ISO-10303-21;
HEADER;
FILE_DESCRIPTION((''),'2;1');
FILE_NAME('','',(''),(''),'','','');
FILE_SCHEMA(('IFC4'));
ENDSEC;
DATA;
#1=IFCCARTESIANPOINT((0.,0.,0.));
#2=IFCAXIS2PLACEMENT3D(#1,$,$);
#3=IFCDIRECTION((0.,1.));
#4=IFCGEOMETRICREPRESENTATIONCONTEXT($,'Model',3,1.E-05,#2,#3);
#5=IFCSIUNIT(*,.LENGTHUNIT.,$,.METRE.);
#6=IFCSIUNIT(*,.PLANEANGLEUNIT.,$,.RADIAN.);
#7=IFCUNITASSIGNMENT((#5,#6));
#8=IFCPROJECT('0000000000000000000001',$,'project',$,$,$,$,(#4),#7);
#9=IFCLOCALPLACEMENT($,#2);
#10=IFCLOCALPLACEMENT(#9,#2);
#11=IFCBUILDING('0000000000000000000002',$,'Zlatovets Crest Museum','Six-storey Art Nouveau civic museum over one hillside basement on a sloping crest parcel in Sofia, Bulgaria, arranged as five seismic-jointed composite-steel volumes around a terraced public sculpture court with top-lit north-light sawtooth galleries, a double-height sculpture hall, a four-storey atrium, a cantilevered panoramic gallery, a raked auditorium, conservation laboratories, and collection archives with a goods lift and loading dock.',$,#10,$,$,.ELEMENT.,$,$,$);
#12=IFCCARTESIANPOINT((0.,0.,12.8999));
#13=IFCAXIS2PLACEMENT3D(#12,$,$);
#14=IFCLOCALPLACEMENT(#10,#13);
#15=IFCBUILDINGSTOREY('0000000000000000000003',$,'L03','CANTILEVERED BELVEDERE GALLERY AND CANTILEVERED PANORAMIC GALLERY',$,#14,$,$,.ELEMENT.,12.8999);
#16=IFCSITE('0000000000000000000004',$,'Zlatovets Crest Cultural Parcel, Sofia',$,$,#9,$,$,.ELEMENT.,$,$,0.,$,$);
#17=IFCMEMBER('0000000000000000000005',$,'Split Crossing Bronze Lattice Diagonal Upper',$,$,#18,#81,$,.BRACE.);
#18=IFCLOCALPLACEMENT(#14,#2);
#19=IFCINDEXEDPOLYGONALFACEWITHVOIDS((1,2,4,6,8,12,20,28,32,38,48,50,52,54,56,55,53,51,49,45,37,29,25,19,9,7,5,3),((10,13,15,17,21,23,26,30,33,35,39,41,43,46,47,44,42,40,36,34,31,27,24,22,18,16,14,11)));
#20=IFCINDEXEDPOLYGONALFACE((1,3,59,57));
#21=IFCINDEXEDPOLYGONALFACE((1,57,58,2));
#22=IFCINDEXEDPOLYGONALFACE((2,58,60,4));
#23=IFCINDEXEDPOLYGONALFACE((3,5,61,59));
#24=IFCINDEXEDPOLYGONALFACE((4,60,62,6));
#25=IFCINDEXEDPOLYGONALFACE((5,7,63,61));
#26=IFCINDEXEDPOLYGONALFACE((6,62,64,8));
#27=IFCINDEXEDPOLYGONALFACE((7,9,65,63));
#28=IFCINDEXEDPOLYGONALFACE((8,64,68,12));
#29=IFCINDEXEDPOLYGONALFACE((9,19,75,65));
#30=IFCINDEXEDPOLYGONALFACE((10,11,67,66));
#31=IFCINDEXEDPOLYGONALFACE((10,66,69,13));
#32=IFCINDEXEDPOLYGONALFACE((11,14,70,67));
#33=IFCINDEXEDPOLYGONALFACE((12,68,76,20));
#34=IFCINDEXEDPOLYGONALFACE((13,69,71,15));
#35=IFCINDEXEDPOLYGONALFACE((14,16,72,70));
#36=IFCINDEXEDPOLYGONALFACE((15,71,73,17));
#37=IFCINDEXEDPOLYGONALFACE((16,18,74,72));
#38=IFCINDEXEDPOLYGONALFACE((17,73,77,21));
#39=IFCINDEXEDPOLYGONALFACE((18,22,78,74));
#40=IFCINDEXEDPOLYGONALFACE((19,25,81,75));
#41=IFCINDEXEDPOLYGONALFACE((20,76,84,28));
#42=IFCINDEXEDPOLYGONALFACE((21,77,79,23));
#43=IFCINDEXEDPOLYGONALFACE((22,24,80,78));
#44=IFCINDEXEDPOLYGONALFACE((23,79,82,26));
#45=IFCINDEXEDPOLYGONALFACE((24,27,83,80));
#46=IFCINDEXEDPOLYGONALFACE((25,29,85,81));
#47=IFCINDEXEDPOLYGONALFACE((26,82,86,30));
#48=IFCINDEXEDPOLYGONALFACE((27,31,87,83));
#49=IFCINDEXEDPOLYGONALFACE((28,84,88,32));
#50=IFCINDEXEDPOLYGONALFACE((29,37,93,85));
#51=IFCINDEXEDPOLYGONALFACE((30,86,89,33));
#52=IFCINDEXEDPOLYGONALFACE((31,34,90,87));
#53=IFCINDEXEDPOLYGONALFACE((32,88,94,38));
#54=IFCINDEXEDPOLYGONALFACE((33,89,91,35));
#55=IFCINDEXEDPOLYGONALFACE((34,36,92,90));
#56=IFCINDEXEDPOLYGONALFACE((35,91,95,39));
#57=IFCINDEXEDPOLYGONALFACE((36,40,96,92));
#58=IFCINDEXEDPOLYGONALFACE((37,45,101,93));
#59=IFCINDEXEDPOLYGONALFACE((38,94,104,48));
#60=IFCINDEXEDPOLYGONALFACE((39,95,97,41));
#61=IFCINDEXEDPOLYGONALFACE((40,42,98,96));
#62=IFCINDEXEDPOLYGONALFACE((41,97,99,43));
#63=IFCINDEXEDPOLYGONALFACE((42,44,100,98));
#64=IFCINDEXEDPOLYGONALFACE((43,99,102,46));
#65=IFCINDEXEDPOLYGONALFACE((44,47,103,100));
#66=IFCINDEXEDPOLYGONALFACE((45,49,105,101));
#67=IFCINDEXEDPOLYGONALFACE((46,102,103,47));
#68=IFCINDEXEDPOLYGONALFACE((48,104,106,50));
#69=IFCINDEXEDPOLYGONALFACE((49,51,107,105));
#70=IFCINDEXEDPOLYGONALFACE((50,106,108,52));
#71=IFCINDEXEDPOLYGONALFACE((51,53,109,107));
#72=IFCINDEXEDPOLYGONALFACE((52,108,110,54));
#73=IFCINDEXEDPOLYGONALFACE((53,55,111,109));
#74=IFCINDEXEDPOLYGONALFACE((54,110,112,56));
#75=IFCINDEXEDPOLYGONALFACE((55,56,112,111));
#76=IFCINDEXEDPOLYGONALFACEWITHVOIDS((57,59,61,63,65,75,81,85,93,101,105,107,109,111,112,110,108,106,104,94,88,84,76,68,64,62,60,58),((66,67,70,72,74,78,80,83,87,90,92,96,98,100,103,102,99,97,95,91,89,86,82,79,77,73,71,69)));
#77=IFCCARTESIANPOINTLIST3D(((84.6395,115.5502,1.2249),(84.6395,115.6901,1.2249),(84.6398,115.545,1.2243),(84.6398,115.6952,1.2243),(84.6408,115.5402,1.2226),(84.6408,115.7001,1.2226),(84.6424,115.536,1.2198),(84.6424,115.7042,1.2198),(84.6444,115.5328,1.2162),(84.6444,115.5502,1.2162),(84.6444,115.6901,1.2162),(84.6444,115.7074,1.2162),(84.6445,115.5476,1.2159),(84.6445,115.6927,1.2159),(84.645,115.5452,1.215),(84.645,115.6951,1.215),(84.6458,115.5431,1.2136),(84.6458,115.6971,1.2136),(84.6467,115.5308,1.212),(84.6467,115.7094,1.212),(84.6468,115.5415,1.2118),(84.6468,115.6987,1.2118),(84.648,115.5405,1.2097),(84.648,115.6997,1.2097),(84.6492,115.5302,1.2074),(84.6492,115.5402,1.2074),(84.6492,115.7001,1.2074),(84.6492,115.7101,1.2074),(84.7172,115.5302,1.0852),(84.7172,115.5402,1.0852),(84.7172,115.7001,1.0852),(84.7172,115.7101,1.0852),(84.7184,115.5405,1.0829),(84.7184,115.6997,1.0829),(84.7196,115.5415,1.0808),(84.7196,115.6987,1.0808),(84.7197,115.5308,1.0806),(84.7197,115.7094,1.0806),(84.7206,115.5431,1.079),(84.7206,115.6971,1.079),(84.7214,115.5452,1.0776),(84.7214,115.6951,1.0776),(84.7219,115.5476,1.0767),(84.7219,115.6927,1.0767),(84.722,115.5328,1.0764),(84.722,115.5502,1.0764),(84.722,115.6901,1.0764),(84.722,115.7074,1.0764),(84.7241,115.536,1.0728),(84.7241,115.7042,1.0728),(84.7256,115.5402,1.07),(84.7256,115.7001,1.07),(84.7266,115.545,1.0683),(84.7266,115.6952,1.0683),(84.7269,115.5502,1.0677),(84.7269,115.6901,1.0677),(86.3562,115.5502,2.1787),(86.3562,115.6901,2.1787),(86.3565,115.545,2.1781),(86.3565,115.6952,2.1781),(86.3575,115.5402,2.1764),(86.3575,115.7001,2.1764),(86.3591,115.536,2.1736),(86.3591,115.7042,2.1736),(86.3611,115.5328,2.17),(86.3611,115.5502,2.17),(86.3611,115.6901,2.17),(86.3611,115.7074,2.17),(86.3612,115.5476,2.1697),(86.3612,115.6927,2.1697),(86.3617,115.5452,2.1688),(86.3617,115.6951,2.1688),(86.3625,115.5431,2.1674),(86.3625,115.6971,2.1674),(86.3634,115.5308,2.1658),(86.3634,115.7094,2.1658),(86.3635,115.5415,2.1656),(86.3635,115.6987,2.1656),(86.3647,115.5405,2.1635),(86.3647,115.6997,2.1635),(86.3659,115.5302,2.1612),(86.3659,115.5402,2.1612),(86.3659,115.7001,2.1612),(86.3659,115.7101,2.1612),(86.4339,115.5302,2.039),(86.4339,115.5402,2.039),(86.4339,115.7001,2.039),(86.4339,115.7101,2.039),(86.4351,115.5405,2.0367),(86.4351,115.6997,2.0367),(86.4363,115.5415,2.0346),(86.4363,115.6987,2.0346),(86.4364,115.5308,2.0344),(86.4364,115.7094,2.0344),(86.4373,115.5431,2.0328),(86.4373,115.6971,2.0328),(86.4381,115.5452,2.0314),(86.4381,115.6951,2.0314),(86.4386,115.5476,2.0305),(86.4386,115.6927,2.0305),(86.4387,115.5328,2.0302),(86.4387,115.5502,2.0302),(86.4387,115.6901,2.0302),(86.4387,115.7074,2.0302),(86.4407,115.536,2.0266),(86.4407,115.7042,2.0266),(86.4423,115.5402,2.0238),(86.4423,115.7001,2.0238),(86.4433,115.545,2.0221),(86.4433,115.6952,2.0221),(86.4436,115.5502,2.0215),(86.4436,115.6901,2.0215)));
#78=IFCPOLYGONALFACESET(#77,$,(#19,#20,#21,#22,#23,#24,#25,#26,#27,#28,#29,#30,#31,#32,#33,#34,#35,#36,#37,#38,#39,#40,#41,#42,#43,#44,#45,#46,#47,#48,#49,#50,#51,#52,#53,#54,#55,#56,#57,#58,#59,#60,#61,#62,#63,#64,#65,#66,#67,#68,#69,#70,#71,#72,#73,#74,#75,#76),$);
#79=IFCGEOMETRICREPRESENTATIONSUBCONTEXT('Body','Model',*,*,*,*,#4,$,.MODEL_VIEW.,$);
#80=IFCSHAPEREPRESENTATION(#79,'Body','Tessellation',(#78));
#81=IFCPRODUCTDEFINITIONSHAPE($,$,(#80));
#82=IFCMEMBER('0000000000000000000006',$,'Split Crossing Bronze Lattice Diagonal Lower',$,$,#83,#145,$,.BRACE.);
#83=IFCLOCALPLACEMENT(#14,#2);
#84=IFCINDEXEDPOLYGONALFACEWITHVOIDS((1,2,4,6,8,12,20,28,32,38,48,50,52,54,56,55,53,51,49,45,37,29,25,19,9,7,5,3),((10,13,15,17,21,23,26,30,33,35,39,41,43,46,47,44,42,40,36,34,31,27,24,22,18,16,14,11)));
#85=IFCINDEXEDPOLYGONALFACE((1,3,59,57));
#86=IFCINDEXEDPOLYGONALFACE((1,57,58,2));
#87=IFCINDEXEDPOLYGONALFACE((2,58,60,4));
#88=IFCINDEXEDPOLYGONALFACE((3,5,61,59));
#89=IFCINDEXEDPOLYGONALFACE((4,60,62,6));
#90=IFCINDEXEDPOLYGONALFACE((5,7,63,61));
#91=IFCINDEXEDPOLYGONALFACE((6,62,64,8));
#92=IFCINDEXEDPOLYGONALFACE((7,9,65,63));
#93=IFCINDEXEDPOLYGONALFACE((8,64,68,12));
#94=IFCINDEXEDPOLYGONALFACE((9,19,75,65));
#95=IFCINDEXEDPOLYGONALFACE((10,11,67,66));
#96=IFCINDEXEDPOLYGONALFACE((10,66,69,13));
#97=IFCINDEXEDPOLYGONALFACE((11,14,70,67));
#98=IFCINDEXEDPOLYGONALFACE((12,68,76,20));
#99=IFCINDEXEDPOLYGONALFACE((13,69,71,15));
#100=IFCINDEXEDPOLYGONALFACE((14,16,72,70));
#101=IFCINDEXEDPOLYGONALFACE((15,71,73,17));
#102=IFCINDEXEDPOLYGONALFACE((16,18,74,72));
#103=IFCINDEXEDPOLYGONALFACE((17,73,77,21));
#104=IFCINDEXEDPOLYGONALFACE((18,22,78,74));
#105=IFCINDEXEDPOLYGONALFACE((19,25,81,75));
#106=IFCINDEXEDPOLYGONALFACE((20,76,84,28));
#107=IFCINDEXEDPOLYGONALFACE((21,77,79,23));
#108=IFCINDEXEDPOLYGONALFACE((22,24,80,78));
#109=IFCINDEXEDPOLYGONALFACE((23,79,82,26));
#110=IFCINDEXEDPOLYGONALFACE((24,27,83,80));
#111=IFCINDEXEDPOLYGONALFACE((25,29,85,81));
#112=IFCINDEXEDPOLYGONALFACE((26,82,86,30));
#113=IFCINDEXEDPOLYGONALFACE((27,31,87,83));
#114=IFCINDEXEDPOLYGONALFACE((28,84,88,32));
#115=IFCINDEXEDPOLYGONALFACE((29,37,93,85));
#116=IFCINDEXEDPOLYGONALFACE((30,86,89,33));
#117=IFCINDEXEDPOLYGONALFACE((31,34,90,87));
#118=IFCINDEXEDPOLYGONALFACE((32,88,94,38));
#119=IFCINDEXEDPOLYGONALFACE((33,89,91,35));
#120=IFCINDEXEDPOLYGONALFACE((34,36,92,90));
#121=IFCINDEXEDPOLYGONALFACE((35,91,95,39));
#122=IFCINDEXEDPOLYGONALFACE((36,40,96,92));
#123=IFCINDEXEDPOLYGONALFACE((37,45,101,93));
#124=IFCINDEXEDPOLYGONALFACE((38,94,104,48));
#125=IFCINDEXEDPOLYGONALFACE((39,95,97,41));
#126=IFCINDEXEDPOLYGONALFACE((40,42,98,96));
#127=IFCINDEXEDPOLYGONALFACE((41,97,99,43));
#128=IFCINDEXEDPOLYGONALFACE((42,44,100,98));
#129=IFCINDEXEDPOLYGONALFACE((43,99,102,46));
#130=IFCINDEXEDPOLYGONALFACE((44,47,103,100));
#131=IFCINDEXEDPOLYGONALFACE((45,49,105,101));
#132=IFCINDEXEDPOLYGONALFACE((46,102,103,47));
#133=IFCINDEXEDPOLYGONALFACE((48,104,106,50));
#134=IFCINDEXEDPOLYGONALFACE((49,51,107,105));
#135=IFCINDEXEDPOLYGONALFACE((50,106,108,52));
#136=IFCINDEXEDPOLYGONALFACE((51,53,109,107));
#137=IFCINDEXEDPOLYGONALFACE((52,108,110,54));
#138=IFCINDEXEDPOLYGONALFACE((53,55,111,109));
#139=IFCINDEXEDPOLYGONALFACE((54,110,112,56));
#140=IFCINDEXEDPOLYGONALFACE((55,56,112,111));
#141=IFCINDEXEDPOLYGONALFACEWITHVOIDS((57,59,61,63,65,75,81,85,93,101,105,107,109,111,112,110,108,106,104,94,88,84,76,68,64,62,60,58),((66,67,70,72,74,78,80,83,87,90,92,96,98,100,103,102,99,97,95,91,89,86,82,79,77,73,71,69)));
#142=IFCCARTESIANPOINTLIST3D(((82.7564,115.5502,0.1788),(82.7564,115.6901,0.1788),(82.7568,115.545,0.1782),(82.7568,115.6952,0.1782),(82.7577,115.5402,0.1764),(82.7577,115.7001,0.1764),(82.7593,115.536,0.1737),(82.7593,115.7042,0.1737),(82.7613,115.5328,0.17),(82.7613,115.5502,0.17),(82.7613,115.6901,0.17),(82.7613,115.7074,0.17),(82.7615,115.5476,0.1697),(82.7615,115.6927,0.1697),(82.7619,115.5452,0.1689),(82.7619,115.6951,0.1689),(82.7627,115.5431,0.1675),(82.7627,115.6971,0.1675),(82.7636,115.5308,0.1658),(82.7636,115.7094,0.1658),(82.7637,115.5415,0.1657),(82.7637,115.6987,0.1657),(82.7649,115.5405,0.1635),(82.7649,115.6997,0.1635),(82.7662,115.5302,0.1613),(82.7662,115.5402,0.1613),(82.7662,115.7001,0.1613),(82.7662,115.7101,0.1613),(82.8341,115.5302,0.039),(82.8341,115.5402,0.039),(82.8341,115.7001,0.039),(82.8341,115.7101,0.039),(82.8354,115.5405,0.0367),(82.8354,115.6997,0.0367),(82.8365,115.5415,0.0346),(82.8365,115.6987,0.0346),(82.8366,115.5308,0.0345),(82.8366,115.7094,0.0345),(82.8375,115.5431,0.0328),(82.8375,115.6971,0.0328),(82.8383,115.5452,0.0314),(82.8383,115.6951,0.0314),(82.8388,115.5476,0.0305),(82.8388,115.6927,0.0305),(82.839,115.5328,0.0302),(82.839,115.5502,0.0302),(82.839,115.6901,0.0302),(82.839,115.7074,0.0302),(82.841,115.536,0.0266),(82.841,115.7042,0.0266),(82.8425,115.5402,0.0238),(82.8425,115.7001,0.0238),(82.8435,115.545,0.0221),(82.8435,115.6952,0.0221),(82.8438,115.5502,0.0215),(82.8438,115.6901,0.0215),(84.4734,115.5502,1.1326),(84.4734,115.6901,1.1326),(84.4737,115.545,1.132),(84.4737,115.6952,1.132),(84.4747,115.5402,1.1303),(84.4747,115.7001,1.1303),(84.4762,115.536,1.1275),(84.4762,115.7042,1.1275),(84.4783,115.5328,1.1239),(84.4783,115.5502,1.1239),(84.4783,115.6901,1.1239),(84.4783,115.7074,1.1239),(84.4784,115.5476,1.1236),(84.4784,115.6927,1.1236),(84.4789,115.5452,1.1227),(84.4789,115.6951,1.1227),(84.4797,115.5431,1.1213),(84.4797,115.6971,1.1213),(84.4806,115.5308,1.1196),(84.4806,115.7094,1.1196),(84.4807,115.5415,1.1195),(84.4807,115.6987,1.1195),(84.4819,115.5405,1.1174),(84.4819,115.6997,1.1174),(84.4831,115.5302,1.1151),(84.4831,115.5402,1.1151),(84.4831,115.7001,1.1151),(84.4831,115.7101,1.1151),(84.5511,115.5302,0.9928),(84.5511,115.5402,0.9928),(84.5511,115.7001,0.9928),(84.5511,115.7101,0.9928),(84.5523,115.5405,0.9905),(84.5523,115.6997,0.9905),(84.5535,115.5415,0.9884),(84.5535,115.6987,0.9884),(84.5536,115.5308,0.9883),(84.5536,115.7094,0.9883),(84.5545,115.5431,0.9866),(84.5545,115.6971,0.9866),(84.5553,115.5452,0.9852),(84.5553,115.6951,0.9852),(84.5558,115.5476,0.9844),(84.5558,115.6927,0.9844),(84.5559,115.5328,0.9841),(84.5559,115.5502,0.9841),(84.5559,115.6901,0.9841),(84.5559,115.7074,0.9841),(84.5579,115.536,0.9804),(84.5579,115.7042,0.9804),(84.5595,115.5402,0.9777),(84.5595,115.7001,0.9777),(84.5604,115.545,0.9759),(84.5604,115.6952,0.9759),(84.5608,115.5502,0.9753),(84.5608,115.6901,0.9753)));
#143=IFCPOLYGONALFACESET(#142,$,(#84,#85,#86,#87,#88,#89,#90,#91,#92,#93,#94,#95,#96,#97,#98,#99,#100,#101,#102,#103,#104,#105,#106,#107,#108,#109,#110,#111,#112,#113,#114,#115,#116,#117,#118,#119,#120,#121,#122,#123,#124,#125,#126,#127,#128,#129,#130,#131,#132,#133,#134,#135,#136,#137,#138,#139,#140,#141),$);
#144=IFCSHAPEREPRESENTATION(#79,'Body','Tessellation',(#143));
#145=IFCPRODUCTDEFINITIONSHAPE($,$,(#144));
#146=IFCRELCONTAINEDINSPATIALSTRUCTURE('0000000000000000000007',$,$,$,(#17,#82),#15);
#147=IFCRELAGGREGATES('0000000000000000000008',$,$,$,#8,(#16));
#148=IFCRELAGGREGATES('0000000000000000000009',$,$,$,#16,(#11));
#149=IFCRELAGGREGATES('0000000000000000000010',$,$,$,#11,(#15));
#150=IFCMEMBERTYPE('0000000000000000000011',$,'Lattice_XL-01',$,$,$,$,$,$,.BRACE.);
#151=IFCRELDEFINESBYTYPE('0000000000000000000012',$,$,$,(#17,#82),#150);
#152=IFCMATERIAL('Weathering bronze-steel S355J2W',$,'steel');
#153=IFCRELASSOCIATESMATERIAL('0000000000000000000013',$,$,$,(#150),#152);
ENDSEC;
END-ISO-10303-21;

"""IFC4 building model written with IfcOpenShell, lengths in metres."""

from ifc_helpers import new_model, si_unit, direction, frame, origin, origin_2d, place, context, subcontext, project, spatial, hollow_rectangle, extrude, material, material_profile, profile_set, type_object, element, save


model = new_model("IFC4")

# Units and contexts
model_context = context("Model", 3, precision=1e-05, world=origin(), true_north=direction((0.0, 1.0)))
body_context = subcontext(model_context, "Body", "Model", "MODEL_VIEW")
ifc_project = project(units=[si_unit("LENGTHUNIT", "METRE"), si_unit("PLANEANGLEUNIT", "RADIAN")], contexts=[model_context])

# Site, building, storey
site_placement = place(None, origin())
site = spatial("IfcSite", under=ifc_project, at=site_placement, Name="Zlatovets Crest Cultural Parcel, Sofia", CompositionType="ELEMENT", RefElevation=0.0)
building_placement = place(site_placement, origin())
building = spatial("IfcBuilding", under=site, at=building_placement, Name="Zlatovets Crest Museum", Description="Six-storey Art Nouveau civic museum over one hillside basement on a sloping crest parcel in Sofia, Bulgaria, arranged as five seismic-jointed composite-steel volumes around a terraced public sculpture court with top-lit north-light sawtooth galleries, a double-height sculpture hall, a four-storey atrium, a cantilevered panoramic gallery, a raked auditorium, conservation laboratories, and collection archives with a goods lift and loading dock.", CompositionType="ELEMENT")
storey_placement = place(building_placement, frame((0.0, 0.0, 12.8999)))
storey = spatial("IfcBuildingStorey", under=building, at=storey_placement, Name="L03", Description="CANTILEVERED BELVEDERE GALLERY AND CANTILEVERED PANORAMIC GALLERY", CompositionType="ELEMENT", Elevation=12.8999)

# Members
ifc_material_1 = material(Name="Weathering bronze-steel S355J2W", Category="steel")
ifc_material_profile_1 = material_profile(ifc_material_1, hollow_rectangle(XDim=0.1799, YDim=0.1799, WallThickness=0.01, InnerFilletRadius=0.01, OuterFilletRadius=0.02, at=origin_2d()), Name="SHS 180x180x10.0")
ifc_profile_set_1 = profile_set([ifc_material_profile_1], Name="Weathering bronze-steel S355J2W")
member_type_1 = type_object("IfcMemberType", Name="Lattice_XL-01", PredefinedType="BRACE", material=ifc_profile_set_1)
member_1_placement = place(storey_placement, frame((86.3999, 115.6201, 2.1001), z_axis=(-0.87414, 0.0, -0.485675), x_axis=(0.0, -1.0, 0.0)))
element("IfcMember", 1, at=member_1_placement, inside=storey, type_object=member_type_1, Name="Split Crossing Bronze Lattice Diagonal Upper", PredefinedType="BRACE", context=body_context, shape_type="SweptSolid", body=[
    extrude(hollow_rectangle(XDim=0.1799, YDim=0.1799, WallThickness=0.01, InnerFilletRadius=0.01, OuterFilletRadius=0.02, at=origin_2d()), origin(), (0.0, 0.0, 1.0), 1.9639),
])
member_2_placement = place(storey_placement, frame((84.5171, 115.6201, 1.054), z_axis=(-0.874169, 0.0, -0.485622), x_axis=(0.0, -1.0, 0.0)))
element("IfcMember", 2, at=member_2_placement, inside=storey, type_object=member_type_1, Name="Split Crossing Bronze Lattice Diagonal Lower", PredefinedType="BRACE", context=body_context, shape_type="SweptSolid", body=[
    extrude(hollow_rectangle(XDim=0.1799, YDim=0.1799, WallThickness=0.01, InnerFilletRadius=0.01, OuterFilletRadius=0.02, at=origin_2d()), origin(), (0.0, 0.0, 1.0), 1.9641),
])

save(model, "model.ifc")
